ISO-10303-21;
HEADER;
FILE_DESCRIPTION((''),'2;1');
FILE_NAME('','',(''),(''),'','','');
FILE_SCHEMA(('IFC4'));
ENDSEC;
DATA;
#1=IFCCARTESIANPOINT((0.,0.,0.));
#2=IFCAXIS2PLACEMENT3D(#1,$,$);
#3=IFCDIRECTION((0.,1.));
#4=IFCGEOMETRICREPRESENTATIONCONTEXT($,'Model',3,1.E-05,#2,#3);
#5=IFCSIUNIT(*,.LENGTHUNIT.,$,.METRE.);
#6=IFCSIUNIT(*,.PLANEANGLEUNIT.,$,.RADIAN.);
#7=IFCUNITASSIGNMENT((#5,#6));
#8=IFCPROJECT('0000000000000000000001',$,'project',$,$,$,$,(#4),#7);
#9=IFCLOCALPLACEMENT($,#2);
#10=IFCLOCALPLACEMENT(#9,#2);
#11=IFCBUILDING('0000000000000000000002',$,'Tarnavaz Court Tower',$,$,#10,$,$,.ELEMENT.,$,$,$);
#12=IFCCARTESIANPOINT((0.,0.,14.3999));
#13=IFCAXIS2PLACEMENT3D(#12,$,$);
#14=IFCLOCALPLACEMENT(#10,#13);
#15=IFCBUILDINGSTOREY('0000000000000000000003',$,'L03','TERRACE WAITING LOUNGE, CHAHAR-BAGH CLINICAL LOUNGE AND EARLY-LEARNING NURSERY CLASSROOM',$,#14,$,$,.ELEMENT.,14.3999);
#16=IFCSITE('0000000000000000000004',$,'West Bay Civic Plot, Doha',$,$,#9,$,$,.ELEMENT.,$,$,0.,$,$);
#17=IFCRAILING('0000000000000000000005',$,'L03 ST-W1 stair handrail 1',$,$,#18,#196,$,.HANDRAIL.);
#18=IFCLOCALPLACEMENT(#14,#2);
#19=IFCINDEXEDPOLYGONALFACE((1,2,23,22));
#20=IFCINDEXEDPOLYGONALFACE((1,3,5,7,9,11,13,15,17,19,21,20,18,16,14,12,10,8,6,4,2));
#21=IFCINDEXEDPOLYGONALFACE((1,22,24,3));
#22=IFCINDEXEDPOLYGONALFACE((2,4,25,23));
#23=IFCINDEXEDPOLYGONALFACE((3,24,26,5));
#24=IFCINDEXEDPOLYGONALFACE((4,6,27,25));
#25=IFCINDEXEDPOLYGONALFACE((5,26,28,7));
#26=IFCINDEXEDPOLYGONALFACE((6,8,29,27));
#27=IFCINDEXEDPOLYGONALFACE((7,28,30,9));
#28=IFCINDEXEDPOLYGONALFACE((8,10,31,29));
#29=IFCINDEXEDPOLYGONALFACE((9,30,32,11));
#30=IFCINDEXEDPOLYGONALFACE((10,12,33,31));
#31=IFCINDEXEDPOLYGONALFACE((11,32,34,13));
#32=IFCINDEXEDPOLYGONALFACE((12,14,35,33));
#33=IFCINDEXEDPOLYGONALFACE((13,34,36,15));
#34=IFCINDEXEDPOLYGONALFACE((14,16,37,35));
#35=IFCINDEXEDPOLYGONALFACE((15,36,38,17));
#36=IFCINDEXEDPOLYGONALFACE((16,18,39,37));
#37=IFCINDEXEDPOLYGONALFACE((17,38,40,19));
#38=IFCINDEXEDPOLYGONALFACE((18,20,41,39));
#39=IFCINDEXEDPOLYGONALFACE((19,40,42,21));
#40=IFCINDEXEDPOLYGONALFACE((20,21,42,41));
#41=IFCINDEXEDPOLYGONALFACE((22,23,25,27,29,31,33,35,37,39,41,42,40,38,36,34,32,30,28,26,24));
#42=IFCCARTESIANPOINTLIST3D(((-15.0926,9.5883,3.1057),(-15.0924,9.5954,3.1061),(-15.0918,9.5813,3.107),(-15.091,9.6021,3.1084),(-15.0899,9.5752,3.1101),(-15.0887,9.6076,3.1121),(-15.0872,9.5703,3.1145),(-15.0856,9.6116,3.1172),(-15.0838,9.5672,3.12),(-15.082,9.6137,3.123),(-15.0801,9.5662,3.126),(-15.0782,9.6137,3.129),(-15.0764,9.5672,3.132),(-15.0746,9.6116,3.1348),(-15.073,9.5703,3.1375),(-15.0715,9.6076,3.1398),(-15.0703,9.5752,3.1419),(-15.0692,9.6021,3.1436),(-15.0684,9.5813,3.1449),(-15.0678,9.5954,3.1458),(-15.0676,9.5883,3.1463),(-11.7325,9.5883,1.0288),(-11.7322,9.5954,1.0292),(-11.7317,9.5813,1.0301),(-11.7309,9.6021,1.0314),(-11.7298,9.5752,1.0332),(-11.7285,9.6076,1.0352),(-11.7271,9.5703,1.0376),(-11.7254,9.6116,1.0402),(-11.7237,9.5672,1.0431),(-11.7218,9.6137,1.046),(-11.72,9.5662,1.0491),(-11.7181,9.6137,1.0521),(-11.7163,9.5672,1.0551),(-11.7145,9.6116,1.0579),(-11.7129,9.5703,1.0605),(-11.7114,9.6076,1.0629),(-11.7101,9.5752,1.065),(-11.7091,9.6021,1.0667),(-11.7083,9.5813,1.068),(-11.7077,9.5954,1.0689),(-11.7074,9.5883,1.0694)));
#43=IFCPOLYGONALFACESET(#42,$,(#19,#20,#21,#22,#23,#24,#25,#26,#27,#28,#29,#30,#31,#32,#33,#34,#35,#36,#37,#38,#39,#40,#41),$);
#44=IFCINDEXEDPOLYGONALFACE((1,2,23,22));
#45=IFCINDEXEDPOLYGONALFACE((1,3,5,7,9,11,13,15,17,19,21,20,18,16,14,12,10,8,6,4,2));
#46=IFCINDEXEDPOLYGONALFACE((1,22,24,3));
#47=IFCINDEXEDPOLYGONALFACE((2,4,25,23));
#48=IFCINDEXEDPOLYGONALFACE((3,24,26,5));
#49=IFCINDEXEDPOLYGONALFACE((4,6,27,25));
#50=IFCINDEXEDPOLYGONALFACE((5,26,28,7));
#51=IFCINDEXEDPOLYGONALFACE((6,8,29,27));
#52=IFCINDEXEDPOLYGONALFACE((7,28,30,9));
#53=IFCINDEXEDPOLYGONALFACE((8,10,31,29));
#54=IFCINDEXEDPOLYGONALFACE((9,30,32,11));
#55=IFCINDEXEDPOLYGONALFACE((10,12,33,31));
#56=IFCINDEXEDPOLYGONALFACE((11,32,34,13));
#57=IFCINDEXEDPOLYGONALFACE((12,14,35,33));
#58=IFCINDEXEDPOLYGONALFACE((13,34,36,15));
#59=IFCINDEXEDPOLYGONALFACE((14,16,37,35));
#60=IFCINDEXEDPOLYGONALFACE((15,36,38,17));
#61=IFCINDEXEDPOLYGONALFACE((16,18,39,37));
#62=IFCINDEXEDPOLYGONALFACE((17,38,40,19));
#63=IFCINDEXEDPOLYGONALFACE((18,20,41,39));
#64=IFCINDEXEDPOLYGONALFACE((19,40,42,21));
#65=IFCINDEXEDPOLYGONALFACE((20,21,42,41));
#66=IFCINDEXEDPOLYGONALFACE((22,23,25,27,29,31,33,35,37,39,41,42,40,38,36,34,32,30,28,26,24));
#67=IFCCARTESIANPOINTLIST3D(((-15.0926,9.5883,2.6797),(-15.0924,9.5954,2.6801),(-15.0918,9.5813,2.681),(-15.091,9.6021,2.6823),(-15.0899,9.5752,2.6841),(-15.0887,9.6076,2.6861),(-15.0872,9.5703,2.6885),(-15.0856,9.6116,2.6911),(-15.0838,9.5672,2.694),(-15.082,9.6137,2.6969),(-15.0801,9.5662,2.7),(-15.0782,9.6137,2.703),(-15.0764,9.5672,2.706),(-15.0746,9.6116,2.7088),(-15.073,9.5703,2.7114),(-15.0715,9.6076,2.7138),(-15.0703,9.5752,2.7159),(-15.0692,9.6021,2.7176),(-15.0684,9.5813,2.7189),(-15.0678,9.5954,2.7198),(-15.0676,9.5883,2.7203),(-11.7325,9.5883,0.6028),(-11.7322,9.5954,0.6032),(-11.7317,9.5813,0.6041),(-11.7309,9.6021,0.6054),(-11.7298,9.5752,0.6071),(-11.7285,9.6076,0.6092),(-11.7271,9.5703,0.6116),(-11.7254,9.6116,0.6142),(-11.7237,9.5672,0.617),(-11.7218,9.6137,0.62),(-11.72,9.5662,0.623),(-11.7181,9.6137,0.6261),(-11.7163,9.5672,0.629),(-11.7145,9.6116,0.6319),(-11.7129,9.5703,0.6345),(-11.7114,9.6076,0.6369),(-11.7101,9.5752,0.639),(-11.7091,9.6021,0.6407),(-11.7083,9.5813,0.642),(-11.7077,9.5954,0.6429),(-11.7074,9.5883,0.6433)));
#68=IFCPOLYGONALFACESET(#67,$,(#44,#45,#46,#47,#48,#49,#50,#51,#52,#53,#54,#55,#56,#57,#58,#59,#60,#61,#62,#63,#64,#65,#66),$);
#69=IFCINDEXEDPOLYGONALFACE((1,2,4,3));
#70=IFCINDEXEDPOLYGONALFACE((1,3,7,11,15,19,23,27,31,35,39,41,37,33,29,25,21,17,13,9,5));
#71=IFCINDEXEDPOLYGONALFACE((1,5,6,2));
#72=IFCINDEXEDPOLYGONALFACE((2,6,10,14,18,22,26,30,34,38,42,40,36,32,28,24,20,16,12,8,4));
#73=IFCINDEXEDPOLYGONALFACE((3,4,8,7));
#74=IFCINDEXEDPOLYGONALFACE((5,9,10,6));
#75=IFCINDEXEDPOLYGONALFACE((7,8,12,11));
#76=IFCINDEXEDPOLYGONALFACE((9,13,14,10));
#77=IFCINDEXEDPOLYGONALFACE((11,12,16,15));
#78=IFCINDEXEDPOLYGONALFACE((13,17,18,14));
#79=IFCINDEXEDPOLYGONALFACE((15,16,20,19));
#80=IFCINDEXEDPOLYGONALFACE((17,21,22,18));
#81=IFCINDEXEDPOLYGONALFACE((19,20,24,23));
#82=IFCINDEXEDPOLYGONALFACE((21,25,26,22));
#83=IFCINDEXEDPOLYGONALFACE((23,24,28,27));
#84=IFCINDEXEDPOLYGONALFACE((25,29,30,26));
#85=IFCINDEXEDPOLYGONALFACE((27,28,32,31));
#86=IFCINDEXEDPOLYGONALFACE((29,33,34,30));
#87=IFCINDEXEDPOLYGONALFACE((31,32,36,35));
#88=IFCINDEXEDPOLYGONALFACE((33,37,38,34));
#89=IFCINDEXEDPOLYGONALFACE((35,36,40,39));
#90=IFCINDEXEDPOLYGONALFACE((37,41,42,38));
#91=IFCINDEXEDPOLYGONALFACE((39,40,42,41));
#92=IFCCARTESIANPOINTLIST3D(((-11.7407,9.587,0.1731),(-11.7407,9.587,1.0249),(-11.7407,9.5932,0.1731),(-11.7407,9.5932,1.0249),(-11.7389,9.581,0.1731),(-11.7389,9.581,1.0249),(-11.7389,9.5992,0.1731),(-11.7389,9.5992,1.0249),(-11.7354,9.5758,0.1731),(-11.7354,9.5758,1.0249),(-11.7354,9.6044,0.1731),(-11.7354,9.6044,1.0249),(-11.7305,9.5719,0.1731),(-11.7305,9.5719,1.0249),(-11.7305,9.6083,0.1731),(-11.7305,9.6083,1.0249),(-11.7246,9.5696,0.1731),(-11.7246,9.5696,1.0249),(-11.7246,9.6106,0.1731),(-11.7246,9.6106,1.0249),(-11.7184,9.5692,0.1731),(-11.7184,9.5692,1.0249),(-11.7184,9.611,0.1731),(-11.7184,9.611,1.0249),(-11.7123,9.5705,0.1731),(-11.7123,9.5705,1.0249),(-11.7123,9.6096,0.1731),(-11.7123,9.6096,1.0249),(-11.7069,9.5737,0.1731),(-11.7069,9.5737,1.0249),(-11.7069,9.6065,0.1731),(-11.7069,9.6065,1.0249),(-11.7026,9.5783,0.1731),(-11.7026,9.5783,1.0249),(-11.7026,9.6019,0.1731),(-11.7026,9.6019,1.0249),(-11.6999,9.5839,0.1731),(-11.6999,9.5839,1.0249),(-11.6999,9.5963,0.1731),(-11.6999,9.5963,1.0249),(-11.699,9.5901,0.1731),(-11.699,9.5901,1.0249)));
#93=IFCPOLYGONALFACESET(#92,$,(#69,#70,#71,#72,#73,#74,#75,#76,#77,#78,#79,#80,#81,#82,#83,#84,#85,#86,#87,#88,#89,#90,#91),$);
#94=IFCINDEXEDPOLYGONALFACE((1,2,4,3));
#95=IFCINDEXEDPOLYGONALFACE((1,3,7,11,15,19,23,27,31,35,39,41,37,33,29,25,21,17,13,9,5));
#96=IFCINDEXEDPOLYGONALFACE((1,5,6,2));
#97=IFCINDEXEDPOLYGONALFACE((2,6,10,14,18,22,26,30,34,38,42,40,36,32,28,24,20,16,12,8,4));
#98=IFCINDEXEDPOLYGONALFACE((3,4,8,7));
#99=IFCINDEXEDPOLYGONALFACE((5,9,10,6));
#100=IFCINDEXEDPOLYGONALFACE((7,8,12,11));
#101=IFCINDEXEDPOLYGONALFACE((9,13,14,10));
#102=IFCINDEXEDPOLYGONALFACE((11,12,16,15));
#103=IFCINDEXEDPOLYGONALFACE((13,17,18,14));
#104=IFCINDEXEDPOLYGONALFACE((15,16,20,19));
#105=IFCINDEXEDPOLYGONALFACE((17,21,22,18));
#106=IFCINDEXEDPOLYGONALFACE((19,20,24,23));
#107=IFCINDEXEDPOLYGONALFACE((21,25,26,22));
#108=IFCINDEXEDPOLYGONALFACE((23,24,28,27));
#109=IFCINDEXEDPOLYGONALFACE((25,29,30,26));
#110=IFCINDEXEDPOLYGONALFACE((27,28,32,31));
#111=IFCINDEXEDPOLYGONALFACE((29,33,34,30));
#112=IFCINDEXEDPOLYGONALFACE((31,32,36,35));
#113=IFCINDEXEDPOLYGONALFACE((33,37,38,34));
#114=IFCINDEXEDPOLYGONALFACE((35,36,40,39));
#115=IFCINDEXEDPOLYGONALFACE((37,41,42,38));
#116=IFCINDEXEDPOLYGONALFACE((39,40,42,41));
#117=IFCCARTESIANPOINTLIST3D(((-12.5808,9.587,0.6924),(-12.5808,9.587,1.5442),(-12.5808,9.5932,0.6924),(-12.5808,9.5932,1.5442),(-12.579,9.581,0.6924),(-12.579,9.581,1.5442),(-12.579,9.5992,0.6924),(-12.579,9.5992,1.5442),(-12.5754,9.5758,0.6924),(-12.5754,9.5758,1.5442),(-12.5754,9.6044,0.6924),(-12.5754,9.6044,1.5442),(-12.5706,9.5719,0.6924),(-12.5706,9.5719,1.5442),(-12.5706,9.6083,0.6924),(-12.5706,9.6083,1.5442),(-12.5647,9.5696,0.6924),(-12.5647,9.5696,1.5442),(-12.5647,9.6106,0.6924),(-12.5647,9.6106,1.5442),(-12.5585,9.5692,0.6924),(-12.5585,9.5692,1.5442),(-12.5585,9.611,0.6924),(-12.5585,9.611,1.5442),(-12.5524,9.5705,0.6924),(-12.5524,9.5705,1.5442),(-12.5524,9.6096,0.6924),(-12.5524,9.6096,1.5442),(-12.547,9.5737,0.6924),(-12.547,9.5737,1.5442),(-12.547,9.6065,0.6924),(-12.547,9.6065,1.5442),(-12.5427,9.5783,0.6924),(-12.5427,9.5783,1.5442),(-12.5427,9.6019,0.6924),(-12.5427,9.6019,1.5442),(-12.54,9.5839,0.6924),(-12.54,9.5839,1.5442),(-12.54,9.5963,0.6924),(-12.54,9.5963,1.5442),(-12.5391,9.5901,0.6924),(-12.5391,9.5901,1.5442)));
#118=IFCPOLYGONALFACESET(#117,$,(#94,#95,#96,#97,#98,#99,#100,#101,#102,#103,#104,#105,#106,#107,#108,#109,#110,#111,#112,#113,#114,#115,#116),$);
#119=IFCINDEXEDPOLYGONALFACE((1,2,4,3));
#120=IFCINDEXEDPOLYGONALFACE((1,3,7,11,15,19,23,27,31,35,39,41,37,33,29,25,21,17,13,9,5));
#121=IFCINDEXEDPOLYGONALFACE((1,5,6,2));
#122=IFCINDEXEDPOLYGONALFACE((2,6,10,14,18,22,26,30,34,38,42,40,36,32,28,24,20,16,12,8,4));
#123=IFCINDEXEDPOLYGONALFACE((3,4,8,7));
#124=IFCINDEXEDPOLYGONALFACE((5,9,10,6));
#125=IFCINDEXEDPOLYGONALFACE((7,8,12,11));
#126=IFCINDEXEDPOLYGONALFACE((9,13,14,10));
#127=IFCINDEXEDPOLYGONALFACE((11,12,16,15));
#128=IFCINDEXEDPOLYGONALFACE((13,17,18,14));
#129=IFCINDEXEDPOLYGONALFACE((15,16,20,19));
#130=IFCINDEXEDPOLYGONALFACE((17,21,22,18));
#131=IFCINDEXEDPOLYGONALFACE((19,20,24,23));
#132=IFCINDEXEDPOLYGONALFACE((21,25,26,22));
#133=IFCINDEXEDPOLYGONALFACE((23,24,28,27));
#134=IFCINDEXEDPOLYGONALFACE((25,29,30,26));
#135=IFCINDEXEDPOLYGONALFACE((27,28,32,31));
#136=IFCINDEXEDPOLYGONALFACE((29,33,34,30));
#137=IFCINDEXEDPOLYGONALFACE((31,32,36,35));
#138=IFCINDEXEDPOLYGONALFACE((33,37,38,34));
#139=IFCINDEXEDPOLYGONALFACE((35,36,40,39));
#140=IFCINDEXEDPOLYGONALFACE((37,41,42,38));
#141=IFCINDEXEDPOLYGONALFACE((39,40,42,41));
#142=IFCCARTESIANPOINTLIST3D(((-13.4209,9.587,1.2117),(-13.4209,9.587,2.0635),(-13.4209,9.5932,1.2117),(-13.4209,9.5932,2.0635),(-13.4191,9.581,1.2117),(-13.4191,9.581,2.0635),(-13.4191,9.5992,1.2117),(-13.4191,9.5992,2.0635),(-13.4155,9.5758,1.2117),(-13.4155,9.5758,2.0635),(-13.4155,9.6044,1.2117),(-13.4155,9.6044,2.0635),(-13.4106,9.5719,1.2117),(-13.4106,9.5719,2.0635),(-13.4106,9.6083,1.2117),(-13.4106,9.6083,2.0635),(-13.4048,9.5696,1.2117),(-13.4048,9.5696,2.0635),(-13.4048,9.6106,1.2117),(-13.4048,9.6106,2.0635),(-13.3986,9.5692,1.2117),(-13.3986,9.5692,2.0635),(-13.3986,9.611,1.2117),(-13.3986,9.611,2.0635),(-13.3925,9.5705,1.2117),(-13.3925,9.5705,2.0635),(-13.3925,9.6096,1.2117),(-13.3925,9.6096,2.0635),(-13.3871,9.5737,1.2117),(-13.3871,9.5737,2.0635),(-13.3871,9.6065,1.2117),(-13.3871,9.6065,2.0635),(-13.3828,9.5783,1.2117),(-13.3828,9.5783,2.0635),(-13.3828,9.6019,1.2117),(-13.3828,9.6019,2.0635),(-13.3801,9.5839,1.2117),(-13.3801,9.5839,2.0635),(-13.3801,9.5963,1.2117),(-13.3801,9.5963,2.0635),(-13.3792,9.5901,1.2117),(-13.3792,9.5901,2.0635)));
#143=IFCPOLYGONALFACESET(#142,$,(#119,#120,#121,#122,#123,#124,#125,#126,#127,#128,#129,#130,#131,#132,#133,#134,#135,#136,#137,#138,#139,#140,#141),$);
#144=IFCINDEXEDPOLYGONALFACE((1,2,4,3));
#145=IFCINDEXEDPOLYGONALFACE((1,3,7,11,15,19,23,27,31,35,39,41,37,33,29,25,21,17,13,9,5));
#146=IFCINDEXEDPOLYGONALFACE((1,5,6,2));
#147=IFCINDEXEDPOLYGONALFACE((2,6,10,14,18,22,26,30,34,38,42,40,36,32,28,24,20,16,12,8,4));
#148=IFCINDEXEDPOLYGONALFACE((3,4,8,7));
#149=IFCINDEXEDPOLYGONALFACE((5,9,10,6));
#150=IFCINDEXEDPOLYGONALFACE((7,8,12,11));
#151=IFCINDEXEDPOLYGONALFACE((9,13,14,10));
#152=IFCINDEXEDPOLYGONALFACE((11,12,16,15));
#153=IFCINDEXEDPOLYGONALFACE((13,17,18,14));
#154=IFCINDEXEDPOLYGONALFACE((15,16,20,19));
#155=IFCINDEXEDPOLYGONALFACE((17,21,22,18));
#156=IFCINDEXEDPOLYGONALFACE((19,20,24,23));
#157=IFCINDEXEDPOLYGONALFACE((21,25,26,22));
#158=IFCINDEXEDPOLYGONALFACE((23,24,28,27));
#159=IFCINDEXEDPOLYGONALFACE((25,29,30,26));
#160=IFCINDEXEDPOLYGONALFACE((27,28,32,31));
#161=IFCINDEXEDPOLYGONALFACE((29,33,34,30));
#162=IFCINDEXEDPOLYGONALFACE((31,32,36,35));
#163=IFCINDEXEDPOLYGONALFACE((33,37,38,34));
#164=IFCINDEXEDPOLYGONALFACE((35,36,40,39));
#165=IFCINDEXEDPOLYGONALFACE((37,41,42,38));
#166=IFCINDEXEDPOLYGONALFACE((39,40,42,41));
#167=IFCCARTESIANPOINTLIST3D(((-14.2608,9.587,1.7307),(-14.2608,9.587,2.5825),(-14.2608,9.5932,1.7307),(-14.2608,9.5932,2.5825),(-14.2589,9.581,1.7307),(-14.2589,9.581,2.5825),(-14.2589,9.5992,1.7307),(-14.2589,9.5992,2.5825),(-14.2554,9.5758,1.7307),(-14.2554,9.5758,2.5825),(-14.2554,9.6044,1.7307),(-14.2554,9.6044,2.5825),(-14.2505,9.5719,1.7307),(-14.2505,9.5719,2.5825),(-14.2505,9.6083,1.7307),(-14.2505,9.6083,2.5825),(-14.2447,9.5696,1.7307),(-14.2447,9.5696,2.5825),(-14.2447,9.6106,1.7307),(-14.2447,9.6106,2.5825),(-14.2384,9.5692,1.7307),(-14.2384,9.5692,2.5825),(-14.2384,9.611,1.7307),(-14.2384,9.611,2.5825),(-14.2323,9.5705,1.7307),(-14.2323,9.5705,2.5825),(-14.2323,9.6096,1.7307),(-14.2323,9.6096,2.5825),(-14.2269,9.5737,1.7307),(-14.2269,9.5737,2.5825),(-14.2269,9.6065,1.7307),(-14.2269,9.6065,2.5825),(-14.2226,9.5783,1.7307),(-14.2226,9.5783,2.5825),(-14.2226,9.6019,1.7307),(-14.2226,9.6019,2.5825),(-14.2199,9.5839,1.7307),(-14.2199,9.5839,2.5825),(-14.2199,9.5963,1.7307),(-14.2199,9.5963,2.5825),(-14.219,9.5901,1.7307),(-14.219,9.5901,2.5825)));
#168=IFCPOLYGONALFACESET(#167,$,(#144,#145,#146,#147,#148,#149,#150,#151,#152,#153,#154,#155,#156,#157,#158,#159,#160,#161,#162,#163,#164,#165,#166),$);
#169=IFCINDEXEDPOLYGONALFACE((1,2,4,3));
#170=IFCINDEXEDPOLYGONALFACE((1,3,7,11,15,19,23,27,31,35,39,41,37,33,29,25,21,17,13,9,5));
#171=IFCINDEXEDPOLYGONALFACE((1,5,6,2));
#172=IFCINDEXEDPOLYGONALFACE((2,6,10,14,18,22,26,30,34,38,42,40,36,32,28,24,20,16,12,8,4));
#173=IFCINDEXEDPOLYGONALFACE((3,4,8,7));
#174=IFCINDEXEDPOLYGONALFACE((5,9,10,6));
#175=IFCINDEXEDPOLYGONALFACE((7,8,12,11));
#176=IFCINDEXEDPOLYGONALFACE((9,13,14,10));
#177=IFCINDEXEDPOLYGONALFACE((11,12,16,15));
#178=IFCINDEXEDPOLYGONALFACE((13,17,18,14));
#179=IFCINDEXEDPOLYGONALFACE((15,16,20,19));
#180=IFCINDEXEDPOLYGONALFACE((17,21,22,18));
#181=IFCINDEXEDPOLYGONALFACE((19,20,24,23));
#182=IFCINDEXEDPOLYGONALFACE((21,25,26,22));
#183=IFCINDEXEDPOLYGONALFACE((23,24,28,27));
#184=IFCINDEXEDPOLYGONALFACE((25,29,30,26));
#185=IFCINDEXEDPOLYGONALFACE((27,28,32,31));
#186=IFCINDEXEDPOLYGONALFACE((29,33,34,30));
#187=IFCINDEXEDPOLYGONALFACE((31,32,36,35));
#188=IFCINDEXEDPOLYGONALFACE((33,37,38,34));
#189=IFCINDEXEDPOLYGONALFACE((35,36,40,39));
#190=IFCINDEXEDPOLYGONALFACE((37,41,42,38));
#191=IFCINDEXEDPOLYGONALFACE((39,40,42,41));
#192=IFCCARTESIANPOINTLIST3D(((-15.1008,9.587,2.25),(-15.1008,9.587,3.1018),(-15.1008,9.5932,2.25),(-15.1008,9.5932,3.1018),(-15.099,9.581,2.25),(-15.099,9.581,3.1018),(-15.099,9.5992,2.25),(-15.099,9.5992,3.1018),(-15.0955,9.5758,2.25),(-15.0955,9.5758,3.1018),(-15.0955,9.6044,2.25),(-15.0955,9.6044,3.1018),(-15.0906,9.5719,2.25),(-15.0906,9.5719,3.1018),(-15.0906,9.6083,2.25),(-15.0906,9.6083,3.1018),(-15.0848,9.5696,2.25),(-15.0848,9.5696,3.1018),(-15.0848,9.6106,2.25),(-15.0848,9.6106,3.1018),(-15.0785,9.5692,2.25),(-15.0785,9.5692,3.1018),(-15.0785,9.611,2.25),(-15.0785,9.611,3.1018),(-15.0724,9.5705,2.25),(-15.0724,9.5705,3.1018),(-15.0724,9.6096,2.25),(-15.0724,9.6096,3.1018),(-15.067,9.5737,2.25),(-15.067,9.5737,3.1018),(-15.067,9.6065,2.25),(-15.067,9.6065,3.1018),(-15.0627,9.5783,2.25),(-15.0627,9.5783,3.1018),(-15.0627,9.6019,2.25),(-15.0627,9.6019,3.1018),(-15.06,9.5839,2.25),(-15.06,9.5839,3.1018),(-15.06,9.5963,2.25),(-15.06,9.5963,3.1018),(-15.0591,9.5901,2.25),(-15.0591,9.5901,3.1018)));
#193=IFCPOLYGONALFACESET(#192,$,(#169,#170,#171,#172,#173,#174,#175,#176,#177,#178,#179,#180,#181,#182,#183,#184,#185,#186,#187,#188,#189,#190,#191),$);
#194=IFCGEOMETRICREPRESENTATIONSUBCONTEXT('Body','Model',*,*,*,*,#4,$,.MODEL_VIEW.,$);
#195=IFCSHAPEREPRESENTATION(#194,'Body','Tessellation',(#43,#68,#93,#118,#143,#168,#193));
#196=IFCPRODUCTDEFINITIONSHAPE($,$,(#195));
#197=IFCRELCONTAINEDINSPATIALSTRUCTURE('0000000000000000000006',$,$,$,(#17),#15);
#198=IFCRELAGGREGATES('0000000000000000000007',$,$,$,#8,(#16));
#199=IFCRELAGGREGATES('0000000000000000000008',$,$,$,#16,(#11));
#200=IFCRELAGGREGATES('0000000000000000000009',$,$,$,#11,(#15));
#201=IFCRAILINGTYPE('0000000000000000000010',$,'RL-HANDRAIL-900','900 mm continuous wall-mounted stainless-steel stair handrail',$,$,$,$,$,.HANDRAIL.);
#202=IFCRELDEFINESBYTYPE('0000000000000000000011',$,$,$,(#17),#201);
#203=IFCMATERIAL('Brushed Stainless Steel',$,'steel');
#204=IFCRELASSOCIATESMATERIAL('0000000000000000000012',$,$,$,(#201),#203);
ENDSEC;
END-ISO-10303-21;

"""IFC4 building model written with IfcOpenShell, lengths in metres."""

from ifc_helpers import new_model, si_unit, direction, frame, origin, origin_2d, place, context, subcontext, project, spatial, circle, extrude, material, type_object, element, save


model = new_model("IFC4")

# Units and contexts
model_context = context("Model", 3, precision=1e-05, world=origin(), true_north=direction((0.0, 1.0)))
body_context = subcontext(model_context, "Body", "Model", "MODEL_VIEW")
ifc_project = project(units=[si_unit("LENGTHUNIT", "METRE"), si_unit("PLANEANGLEUNIT", "RADIAN")], contexts=[model_context])

# Site, building, storey
site_placement = place(None, origin())
site = spatial("IfcSite", under=ifc_project, at=site_placement, Name="West Bay Civic Plot, Doha", CompositionType="ELEMENT", RefElevation=0.0)
building_placement = place(site_placement, origin())
building = spatial("IfcBuilding", under=site, at=building_placement, Name="Tarnavaz Court Tower", CompositionType="ELEMENT")
storey_placement = place(building_placement, frame((0.0, 0.0, 14.3999)))
storey = spatial("IfcBuildingStorey", under=building, at=storey_placement, Name="L03", Description="TERRACE WAITING LOUNGE, CHAHAR-BAGH CLINICAL LOUNGE AND EARLY-LEARNING NURSERY CLASSROOM", CompositionType="ELEMENT", Elevation=14.3999)

# Railing
ifc_material_1 = material(Name="Brushed Stainless Steel", Category="steel")
railing_type_1 = type_object("IfcRailingType", Name="RL-HANDRAIL-900", Description="900 mm continuous wall-mounted stainless-steel stair handrail", PredefinedType="HANDRAIL", material=ifc_material_1)
railing_1_placement = place(storey_placement, frame((-11.72, 9.5901, 0.1731)))
element("IfcRailing", 1, at=railing_1_placement, inside=storey, type_object=railing_type_1, Name="L03 ST-W1 stair handrail 1", PredefinedType="HANDRAIL", context=body_context, shape_type="SweptSolid", body=[
    extrude(circle(Radius=0.0239, at=origin_2d()), frame((0.0, 0.0, 0.876), z_axis=(-0.850623, 0.0, 0.525776), x_axis=(0.0, -1.0, 0.0)), (0.0, 0.0, 1.0), 3.9502),
    extrude(circle(Radius=0.0239, at=origin_2d()), frame((0.0, 0.0, 0.45), z_axis=(-0.850623, 0.0, 0.525776), x_axis=(0.0, -1.0, 0.0)), (0.0, 0.0, 1.0), 3.9502),
    extrude(circle(Radius=0.021, at=origin_2d()), origin(), (0.0, 0.0, 1.0), 0.8518),
    extrude(circle(Radius=0.021, at=origin_2d()), frame((-0.8401, 0.0, 0.5193)), (0.0, 0.0, 1.0), 0.8518),
    extrude(circle(Radius=0.021, at=origin_2d()), frame((-1.6802, 0.0, 1.0386)), (0.0, 0.0, 1.0), 0.8518),
    extrude(circle(Radius=0.021, at=origin_2d()), frame((-2.52, 0.0, 1.5576)), (0.0, 0.0, 1.0), 0.8518),
    extrude(circle(Radius=0.021, at=origin_2d()), frame((-3.3601, 0.0, 2.0769)), (0.0, 0.0, 1.0), 0.8518),
])

save(model, "model.ifc")
